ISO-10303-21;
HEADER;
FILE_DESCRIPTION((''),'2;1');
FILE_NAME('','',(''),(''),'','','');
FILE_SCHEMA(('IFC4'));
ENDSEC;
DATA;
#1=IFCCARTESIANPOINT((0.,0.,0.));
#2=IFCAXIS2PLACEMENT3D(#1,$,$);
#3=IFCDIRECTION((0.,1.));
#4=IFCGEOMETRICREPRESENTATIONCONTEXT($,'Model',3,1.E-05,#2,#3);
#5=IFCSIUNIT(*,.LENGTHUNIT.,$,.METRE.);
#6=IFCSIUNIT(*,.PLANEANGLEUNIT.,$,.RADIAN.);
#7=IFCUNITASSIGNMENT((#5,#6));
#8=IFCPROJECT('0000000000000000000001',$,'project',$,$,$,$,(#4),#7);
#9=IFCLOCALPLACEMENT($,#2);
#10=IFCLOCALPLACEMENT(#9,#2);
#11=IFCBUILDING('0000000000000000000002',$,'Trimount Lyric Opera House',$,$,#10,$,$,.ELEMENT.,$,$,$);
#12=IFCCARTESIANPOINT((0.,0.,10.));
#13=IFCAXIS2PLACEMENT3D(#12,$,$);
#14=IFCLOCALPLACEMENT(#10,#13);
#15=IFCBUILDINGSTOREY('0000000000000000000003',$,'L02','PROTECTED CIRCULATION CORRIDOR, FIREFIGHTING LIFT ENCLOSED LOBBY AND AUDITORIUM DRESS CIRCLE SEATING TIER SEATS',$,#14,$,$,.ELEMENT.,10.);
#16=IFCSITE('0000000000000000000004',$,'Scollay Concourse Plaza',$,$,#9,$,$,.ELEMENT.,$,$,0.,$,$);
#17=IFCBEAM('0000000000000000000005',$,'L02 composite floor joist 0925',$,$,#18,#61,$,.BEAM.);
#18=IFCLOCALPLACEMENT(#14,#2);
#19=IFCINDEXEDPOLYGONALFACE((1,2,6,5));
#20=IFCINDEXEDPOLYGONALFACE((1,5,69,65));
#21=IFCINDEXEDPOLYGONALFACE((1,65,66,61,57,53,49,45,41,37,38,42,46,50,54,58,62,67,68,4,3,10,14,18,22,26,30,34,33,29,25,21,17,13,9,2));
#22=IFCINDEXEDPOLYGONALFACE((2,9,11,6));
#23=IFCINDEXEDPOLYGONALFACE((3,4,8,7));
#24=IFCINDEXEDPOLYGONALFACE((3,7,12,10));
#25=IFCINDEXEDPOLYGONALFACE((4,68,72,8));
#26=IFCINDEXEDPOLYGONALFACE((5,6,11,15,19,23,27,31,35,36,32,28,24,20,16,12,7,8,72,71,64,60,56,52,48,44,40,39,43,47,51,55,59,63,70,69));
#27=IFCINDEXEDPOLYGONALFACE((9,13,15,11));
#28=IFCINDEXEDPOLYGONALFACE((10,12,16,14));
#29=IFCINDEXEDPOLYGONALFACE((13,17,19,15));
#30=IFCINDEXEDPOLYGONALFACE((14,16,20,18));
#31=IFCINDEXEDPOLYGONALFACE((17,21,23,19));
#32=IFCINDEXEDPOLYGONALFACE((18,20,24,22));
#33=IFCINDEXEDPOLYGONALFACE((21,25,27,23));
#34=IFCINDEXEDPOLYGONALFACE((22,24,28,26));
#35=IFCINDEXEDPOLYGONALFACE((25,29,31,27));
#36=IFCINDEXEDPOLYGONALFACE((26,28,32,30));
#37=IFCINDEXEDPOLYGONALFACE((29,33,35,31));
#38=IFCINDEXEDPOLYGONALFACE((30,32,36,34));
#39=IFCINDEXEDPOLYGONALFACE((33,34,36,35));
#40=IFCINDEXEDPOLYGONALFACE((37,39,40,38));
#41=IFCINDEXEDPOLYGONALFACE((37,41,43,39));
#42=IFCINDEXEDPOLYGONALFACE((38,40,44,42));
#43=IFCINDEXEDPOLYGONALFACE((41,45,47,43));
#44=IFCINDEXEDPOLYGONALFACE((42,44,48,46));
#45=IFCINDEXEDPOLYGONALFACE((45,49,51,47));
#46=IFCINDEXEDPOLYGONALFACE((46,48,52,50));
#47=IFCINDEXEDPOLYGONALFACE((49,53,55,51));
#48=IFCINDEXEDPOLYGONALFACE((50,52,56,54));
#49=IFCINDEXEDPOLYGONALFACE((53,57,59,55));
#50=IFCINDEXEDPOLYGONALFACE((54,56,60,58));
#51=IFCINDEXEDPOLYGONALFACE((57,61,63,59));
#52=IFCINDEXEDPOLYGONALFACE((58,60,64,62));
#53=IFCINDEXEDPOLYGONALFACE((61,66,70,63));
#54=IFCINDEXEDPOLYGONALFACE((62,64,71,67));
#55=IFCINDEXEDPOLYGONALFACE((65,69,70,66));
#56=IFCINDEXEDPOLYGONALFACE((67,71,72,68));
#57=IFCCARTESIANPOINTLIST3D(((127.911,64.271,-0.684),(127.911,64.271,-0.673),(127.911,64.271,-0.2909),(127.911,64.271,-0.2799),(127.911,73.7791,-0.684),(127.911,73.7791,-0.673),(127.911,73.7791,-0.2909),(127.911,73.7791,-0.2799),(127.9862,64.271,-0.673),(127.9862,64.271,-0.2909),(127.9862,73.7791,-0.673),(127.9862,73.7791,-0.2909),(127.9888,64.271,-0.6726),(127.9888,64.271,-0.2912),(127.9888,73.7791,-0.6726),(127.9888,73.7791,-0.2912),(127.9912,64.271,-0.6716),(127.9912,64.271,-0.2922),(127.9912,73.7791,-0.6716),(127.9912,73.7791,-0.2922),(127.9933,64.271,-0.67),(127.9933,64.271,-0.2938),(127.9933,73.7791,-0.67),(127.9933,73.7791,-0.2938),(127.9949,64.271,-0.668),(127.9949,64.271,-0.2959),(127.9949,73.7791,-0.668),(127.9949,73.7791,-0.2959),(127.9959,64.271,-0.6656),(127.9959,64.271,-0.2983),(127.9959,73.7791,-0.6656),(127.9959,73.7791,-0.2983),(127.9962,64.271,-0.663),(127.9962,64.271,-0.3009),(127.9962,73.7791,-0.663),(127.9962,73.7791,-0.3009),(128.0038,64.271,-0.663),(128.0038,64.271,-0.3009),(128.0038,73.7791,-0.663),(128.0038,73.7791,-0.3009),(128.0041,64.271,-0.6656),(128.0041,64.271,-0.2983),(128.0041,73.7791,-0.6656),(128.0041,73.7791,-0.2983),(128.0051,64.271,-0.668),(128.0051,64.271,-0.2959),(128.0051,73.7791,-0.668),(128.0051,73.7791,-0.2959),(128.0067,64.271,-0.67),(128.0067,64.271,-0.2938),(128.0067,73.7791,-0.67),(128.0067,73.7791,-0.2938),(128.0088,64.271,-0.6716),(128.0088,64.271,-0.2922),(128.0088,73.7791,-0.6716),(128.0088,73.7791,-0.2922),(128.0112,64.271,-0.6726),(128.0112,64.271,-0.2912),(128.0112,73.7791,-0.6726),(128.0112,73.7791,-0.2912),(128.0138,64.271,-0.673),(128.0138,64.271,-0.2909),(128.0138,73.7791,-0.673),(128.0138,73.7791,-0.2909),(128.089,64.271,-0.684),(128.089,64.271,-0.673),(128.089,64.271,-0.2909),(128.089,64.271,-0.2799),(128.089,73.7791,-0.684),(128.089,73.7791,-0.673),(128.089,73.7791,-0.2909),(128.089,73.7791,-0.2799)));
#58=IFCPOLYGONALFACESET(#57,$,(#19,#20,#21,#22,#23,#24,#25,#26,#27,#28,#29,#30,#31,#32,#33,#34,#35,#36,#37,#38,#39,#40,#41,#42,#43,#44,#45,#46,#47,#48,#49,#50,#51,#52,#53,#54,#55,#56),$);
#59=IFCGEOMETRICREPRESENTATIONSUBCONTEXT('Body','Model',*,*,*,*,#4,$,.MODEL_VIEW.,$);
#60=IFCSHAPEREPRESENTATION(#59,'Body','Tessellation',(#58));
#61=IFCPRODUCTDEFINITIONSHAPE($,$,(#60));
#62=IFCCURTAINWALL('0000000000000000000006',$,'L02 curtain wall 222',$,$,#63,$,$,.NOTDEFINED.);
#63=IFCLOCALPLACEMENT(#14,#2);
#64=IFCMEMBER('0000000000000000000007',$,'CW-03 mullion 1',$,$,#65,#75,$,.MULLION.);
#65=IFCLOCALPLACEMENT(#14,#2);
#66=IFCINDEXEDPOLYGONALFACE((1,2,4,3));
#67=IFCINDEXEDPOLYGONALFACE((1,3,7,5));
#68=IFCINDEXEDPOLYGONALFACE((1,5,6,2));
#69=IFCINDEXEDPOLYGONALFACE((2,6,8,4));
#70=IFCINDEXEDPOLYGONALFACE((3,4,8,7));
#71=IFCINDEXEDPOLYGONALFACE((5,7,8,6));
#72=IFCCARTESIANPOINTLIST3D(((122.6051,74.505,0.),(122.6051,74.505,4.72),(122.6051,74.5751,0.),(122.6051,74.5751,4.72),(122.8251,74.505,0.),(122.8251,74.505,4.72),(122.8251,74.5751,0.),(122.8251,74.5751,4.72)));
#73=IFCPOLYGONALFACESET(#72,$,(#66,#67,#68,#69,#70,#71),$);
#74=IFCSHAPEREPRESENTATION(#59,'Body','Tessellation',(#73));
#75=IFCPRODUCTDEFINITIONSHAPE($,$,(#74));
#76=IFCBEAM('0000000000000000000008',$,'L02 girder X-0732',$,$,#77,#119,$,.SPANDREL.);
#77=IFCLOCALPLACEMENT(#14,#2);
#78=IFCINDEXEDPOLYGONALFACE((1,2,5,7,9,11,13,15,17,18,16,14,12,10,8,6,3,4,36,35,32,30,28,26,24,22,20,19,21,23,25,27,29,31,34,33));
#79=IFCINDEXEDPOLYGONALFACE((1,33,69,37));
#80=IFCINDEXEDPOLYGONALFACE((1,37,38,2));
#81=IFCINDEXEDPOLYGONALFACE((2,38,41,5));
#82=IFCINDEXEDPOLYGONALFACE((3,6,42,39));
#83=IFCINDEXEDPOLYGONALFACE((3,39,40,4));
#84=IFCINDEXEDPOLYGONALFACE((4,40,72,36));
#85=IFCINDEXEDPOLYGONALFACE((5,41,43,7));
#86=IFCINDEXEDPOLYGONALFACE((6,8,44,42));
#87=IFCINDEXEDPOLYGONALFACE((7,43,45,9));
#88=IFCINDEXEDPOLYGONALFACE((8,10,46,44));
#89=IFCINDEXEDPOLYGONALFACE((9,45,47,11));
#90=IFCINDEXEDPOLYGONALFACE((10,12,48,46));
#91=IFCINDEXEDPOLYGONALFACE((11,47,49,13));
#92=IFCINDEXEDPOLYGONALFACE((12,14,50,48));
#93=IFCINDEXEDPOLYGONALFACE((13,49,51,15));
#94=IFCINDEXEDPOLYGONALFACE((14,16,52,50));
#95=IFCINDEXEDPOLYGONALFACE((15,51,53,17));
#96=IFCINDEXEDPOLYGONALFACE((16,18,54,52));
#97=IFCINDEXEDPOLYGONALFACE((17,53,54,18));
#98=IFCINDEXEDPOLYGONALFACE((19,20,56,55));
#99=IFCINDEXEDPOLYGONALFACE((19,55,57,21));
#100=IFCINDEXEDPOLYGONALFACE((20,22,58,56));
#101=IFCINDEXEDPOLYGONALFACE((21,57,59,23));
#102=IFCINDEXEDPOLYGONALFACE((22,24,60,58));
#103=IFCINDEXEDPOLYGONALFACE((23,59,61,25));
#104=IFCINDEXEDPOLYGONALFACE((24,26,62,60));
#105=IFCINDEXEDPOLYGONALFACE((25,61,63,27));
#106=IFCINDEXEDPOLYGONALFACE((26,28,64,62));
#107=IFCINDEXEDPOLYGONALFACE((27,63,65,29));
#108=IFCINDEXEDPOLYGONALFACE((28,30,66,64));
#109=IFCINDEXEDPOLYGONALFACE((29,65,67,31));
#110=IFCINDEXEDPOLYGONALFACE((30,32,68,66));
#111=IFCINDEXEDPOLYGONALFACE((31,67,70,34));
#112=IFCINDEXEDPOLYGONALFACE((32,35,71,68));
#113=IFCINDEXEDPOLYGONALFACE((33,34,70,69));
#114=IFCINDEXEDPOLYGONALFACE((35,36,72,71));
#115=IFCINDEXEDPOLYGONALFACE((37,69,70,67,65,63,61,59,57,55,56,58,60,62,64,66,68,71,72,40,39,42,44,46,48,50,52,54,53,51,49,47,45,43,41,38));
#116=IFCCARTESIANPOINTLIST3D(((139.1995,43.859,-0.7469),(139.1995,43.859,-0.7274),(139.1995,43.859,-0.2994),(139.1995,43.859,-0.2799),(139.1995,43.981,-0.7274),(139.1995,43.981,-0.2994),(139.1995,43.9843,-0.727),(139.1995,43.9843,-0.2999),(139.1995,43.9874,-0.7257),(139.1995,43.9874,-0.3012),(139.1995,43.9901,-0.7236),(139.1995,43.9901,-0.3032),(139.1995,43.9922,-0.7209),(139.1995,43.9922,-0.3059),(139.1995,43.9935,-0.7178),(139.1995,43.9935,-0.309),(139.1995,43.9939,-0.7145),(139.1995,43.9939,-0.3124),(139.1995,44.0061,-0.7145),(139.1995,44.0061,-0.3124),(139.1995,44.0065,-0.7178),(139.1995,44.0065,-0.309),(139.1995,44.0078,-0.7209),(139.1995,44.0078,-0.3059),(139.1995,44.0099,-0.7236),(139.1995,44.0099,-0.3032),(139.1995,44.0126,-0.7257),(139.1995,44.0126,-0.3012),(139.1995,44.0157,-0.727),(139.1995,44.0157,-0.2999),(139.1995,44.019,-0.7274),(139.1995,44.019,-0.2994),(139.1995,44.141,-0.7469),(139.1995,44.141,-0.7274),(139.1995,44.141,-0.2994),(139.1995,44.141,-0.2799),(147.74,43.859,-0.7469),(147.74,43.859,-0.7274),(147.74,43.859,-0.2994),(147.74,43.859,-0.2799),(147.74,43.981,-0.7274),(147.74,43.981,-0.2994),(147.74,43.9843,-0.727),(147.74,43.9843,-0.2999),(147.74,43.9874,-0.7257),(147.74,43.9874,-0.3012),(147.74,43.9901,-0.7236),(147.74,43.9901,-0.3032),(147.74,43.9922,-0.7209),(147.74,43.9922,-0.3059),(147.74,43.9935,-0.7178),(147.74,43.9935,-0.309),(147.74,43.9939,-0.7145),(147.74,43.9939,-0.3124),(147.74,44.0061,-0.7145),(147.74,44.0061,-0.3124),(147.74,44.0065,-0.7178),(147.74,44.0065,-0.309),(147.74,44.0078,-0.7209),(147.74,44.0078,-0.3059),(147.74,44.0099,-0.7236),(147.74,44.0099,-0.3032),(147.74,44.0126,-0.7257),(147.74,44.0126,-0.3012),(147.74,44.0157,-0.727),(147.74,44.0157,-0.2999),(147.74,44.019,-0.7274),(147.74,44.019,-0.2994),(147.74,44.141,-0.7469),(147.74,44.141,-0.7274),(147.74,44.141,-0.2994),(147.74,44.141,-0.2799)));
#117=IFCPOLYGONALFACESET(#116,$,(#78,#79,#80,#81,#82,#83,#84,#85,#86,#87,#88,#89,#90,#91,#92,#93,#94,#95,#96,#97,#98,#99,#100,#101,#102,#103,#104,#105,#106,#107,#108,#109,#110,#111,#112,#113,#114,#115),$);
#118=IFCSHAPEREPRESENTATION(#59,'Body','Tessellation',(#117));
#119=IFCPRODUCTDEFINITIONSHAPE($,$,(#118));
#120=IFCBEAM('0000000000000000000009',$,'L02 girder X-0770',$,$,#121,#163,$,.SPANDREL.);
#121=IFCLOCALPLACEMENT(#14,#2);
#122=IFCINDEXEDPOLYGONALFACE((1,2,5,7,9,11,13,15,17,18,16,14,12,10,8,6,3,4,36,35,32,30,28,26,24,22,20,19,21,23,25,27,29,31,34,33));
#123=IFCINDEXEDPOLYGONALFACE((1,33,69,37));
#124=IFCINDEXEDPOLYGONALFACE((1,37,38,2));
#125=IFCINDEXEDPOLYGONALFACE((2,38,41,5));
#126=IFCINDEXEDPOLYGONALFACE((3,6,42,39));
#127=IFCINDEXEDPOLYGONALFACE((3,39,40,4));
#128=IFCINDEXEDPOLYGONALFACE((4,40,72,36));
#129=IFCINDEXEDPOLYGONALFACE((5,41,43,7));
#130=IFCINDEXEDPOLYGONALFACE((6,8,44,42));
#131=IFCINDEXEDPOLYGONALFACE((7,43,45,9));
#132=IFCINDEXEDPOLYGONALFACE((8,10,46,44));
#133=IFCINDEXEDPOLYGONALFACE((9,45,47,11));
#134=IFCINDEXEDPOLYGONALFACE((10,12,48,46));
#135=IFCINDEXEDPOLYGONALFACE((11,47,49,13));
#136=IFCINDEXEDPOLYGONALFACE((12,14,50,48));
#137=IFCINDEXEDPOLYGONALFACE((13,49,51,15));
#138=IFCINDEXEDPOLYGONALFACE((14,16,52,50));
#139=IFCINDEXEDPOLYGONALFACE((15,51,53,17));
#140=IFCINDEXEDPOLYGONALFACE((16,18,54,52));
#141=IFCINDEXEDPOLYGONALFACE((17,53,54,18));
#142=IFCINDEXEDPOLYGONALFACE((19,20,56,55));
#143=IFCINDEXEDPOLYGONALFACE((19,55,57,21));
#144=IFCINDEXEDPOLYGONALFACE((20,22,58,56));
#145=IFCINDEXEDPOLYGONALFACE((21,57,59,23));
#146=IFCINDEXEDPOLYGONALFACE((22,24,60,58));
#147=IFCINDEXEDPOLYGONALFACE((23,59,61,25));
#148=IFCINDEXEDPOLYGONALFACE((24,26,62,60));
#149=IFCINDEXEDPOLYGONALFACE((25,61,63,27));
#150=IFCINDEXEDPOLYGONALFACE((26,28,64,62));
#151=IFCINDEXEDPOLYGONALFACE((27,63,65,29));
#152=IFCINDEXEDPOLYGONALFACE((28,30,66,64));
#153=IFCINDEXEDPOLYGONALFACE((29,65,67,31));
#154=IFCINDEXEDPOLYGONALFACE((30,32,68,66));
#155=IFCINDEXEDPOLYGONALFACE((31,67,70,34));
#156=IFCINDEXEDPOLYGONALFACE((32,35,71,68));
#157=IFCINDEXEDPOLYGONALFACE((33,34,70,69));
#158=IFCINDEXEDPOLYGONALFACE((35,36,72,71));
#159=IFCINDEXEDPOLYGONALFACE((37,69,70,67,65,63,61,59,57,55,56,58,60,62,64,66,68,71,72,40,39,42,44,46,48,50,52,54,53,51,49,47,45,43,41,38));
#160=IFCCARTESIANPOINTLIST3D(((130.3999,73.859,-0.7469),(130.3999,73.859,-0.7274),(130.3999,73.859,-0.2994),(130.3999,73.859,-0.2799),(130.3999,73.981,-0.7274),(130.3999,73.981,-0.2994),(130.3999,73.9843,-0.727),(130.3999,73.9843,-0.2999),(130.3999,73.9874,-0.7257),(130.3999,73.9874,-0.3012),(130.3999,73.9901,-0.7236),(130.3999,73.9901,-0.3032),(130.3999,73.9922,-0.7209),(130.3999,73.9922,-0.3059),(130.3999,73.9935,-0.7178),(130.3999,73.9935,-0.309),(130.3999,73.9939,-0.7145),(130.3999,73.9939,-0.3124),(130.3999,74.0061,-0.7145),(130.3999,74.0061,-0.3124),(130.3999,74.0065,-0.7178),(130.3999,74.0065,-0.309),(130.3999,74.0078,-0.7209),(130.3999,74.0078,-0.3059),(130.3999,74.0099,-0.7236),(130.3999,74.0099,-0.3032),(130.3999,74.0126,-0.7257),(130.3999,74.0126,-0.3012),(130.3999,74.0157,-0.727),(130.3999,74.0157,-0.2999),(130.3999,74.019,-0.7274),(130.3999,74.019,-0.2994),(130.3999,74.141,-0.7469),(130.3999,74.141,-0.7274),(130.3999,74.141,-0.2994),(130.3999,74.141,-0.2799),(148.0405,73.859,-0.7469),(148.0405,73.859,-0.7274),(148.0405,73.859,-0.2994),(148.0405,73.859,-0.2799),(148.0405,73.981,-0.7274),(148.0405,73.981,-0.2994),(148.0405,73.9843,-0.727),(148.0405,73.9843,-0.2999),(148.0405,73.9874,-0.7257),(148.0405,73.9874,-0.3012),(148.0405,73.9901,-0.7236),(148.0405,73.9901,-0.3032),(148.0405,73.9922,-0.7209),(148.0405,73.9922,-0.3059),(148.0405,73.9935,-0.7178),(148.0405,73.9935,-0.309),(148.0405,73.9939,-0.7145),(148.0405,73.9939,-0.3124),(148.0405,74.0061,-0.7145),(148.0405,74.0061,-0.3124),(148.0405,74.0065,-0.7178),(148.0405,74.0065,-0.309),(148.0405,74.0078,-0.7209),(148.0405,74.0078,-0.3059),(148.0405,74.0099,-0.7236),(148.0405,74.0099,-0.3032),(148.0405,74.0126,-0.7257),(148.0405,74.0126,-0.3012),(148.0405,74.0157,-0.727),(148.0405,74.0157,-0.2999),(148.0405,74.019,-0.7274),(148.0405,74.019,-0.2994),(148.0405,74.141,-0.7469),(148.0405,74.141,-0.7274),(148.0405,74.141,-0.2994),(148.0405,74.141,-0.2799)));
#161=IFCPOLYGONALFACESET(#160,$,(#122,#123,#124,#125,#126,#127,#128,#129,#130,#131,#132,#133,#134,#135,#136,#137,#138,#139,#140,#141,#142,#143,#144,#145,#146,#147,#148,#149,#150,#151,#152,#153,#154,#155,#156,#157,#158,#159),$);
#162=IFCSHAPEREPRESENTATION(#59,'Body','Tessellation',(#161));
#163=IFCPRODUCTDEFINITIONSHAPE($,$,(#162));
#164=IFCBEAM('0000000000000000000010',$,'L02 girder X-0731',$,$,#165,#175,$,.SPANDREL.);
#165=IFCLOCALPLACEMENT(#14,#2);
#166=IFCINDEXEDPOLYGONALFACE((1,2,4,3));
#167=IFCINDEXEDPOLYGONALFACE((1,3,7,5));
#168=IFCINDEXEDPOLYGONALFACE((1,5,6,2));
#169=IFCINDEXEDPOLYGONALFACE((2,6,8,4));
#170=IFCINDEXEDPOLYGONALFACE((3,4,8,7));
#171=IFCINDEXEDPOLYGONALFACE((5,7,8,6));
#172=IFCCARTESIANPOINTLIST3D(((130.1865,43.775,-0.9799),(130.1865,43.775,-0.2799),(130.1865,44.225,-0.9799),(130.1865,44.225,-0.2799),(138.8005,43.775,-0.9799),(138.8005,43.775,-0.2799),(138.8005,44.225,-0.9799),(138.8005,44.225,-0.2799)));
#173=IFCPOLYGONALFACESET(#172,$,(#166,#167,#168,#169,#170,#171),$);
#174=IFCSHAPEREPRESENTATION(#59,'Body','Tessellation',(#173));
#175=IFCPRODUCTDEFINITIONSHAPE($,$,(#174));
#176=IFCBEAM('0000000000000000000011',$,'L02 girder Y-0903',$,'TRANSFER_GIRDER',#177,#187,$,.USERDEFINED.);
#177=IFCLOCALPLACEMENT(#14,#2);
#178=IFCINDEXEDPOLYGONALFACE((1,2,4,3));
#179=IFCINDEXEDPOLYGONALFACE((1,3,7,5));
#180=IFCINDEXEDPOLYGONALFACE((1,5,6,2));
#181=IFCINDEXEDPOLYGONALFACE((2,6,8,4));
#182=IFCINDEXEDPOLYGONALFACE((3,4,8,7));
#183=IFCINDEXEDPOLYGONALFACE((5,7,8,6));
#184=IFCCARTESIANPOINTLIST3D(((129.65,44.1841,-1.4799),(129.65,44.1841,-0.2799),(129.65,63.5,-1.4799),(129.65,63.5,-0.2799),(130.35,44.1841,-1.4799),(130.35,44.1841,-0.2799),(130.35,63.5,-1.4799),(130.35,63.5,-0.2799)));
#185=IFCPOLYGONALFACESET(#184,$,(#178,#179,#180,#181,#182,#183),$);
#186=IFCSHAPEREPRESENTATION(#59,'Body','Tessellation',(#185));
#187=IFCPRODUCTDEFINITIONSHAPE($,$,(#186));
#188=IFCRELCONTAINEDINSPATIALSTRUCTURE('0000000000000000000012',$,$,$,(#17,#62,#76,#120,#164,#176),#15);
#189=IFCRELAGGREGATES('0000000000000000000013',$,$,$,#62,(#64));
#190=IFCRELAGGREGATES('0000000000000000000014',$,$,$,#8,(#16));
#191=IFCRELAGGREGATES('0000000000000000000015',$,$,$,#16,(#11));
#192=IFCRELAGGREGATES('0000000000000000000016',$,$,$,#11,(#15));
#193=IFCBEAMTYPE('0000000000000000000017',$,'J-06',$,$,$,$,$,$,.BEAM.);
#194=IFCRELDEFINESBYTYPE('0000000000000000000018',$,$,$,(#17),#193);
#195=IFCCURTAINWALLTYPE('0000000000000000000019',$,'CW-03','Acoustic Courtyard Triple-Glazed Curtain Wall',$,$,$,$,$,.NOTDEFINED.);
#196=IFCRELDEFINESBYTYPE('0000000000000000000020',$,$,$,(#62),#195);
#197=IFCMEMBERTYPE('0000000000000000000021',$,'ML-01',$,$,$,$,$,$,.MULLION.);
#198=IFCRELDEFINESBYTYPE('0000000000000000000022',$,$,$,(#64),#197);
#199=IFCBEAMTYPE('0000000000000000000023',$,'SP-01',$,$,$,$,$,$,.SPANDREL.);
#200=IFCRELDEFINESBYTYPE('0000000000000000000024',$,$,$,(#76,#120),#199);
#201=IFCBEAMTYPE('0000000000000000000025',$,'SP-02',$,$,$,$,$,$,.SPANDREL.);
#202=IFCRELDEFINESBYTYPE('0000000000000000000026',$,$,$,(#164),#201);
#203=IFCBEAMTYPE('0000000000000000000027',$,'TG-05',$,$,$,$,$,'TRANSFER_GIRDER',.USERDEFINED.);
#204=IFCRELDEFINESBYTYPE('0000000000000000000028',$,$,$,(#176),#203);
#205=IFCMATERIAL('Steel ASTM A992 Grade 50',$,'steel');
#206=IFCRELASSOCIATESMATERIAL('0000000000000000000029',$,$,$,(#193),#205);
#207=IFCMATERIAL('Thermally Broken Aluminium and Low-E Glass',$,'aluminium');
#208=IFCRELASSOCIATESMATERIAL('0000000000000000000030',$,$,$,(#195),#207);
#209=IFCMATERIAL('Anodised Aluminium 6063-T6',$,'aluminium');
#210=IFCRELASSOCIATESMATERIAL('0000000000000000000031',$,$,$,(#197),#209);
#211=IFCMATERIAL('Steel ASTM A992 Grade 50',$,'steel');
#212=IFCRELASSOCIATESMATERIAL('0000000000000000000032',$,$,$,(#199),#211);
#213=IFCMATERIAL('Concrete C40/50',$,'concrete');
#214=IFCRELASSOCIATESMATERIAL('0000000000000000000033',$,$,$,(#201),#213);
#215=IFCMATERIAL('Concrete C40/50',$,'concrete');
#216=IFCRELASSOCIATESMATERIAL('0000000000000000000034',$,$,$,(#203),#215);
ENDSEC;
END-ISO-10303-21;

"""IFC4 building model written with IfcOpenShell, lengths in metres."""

from ifc_helpers import new_model, si_unit, direction, frame, origin, origin_2d, place, context, subcontext, project, spatial, rectangle, i_section, extrude, material, material_profile, profile_set, type_object, element, aggregate, save


model = new_model("IFC4")

# Units and contexts
model_context = context("Model", 3, precision=1e-05, world=origin(), true_north=direction((0.0, 1.0)))
body_context = subcontext(model_context, "Body", "Model", "MODEL_VIEW")
ifc_project = project(units=[si_unit("LENGTHUNIT", "METRE"), si_unit("PLANEANGLEUNIT", "RADIAN")], contexts=[model_context])

# Site, building, storey
site_placement = place(None, origin())
site = spatial("IfcSite", under=ifc_project, at=site_placement, Name="Scollay Concourse Plaza", CompositionType="ELEMENT", RefElevation=0.0)
building_placement = place(site_placement, origin())
building = spatial("IfcBuilding", under=site, at=building_placement, Name="Trimount Lyric Opera House", CompositionType="ELEMENT")
storey_placement = place(building_placement, frame((0.0, 0.0, 10.0)))
storey = spatial("IfcBuildingStorey", under=building, at=storey_placement, Name="L02", Description="PROTECTED CIRCULATION CORRIDOR, FIREFIGHTING LIFT ENCLOSED LOBBY AND AUDITORIUM DRESS CIRCLE SEATING TIER SEATS", CompositionType="ELEMENT", Elevation=10.0)

# Beam
ifc_material_1 = material(Name="Steel ASTM A992 Grade 50", Category="steel")
ifc_material_profile_1 = material_profile(ifc_material_1, i_section(OverallWidth=0.178, OverallDepth=0.4041, WebThickness=0.0076, FlangeThickness=0.011, FilletRadius=0.01, at=origin_2d()), Name="W16X36")
ifc_profile_set_1 = profile_set([ifc_material_profile_1], Name="Steel ASTM A992 Grade 50")
beam_type_1 = type_object("IfcBeamType", Name="J-06", PredefinedType="BEAM", material=ifc_profile_set_1)
beam_1_placement = place(storey_placement, frame((128.0, 64.271, -0.4819), z_axis=(0.0, 1.0, 0.0), x_axis=(-1.0, 0.0, 0.0)))
element("IfcBeam", 1, at=beam_1_placement, inside=storey, type_object=beam_type_1, Name="L02 composite floor joist 0925", PredefinedType="BEAM", context=body_context, shape_type="SweptSolid", body=[
    extrude(i_section(OverallWidth=0.178, OverallDepth=0.4041, WebThickness=0.0076, FlangeThickness=0.011, FilletRadius=0.01, at=origin_2d()), origin(), (0.0, 0.0, 1.0), 9.5081),
])

# Curtain wall, member
ifc_material_2 = material(Name="Thermally Broken Aluminium and Low-E Glass", Category="aluminium")
curtain_wall_type = type_object("IfcCurtainWallType", Name="CW-03", Description="Acoustic Courtyard Triple-Glazed Curtain Wall", PredefinedType="NOTDEFINED", material=ifc_material_2)
curtain_wall_placement = place(storey_placement, origin())
curtain_wall = element("IfcCurtainWall", 2, at=curtain_wall_placement, inside=storey, type_object=curtain_wall_type, Name="L02 curtain wall 222", PredefinedType="NOTDEFINED")
ifc_material_3 = material(Name="Anodised Aluminium 6063-T6", Category="aluminium")
ifc_material_profile_2 = material_profile(ifc_material_3, rectangle(XDim=0.0701, YDim=0.22, at=origin_2d()), Name="ALU-MULL-70X220")
ifc_profile_set_2 = profile_set([ifc_material_profile_2], Name="Anodised Aluminium 6063-T6")
member_type_1 = type_object("IfcMemberType", Name="ML-01", PredefinedType="MULLION", material=ifc_profile_set_2)
member_1_placement = place(storey_placement, frame((122.7151, 74.54, 0.0), z_axis=(0.0, 0.0, 1.0), x_axis=(0.0, 1.0, 0.0)))
member_1 = element("IfcMember", 3, at=member_1_placement, type_object=member_type_1, Name="CW-03 mullion 1", PredefinedType="MULLION", context=body_context, shape_type="SweptSolid", body=[
    extrude(rectangle(XDim=0.0701, YDim=0.22, at=origin_2d()), origin(), (0.0, 0.0, 1.0), 4.72),
])

# Beams
ifc_material_4 = material(Name="Steel ASTM A992 Grade 50", Category="steel")
ifc_material_profile_3 = material_profile(ifc_material_4, i_section(OverallWidth=0.282, OverallDepth=0.467, WebThickness=0.0122, FlangeThickness=0.0195, FilletRadius=0.0129, at=origin_2d()), Name="W18X86")
ifc_profile_set_3 = profile_set([ifc_material_profile_3], Name="Steel ASTM A992 Grade 50")
beam_type_2 = type_object("IfcBeamType", Name="SP-01", PredefinedType="SPANDREL", material=ifc_profile_set_3)
beam_2_placement = place(storey_placement, frame((139.1995, 44.0, -0.5134), z_axis=(1.0, 0.0, 0.0), x_axis=(0.0, 1.0, 0.0)))
element("IfcBeam", 4, at=beam_2_placement, inside=storey, type_object=beam_type_2, Name="L02 girder X-0732", PredefinedType="SPANDREL", context=body_context, shape_type="SweptSolid", body=[
    extrude(i_section(OverallWidth=0.282, OverallDepth=0.467, WebThickness=0.0122, FlangeThickness=0.0195, FilletRadius=0.0129, at=origin_2d()), origin(), (0.0, 0.0, 1.0), 8.5405),
])
beam_3_placement = place(storey_placement, frame((130.3999, 74.0, -0.5134), z_axis=(1.0, 0.0, 0.0), x_axis=(0.0, 1.0, 0.0)))
element("IfcBeam", 5, at=beam_3_placement, inside=storey, type_object=beam_type_2, Name="L02 girder X-0770", PredefinedType="SPANDREL", context=body_context, shape_type="SweptSolid", body=[
    extrude(i_section(OverallWidth=0.282, OverallDepth=0.467, WebThickness=0.0122, FlangeThickness=0.0195, FilletRadius=0.0129, at=origin_2d()), origin(), (0.0, 0.0, 1.0), 17.6406),
])
ifc_material_5 = material(Name="Concrete C40/50", Category="concrete")
ifc_material_profile_4 = material_profile(ifc_material_5, rectangle(XDim=0.45, YDim=0.7, at=origin_2d()), Name="RC450X700")
ifc_profile_set_4 = profile_set([ifc_material_profile_4], Name="Concrete C40/50")
beam_type_3 = type_object("IfcBeamType", Name="SP-02", PredefinedType="SPANDREL", material=ifc_profile_set_4)
beam_4_placement = place(storey_placement, frame((130.1865, 44.0, -0.6299), z_axis=(1.0, 0.0, 0.0), x_axis=(0.0, 1.0, 0.0)))
element("IfcBeam", 6, at=beam_4_placement, inside=storey, type_object=beam_type_3, Name="L02 girder X-0731", PredefinedType="SPANDREL", context=body_context, shape_type="SweptSolid", body=[
    extrude(rectangle(XDim=0.45, YDim=0.7, at=origin_2d()), origin(), (0.0, 0.0, 1.0), 8.614),
])
ifc_material_6 = material(Name="Concrete C40/50", Category="concrete")
ifc_material_profile_5 = material_profile(ifc_material_6, rectangle(XDim=0.7, YDim=1.2, at=origin_2d()), Name="RC700X1200")
ifc_profile_set_5 = profile_set([ifc_material_profile_5], Name="Concrete C40/50")
beam_type_4 = type_object("IfcBeamType", Name="TG-05", ElementType="TRANSFER_GIRDER", PredefinedType="USERDEFINED", material=ifc_profile_set_5)
beam_5_placement = place(storey_placement, frame((130.0, 44.1841, -0.8799), z_axis=(0.0, 1.0, 0.0), x_axis=(-1.0, 0.0, 0.0)))
element("IfcBeam", 7, at=beam_5_placement, inside=storey, type_object=beam_type_4, Name="L02 girder Y-0903", ObjectType="TRANSFER_GIRDER", PredefinedType="USERDEFINED", context=body_context, shape_type="SweptSolid", body=[
    extrude(rectangle(XDim=0.7, YDim=1.2, at=origin_2d()), origin(), (0.0, 0.0, 1.0), 19.3159),
])

aggregate(curtain_wall, [member_1])

save(model, "model.ifc")
